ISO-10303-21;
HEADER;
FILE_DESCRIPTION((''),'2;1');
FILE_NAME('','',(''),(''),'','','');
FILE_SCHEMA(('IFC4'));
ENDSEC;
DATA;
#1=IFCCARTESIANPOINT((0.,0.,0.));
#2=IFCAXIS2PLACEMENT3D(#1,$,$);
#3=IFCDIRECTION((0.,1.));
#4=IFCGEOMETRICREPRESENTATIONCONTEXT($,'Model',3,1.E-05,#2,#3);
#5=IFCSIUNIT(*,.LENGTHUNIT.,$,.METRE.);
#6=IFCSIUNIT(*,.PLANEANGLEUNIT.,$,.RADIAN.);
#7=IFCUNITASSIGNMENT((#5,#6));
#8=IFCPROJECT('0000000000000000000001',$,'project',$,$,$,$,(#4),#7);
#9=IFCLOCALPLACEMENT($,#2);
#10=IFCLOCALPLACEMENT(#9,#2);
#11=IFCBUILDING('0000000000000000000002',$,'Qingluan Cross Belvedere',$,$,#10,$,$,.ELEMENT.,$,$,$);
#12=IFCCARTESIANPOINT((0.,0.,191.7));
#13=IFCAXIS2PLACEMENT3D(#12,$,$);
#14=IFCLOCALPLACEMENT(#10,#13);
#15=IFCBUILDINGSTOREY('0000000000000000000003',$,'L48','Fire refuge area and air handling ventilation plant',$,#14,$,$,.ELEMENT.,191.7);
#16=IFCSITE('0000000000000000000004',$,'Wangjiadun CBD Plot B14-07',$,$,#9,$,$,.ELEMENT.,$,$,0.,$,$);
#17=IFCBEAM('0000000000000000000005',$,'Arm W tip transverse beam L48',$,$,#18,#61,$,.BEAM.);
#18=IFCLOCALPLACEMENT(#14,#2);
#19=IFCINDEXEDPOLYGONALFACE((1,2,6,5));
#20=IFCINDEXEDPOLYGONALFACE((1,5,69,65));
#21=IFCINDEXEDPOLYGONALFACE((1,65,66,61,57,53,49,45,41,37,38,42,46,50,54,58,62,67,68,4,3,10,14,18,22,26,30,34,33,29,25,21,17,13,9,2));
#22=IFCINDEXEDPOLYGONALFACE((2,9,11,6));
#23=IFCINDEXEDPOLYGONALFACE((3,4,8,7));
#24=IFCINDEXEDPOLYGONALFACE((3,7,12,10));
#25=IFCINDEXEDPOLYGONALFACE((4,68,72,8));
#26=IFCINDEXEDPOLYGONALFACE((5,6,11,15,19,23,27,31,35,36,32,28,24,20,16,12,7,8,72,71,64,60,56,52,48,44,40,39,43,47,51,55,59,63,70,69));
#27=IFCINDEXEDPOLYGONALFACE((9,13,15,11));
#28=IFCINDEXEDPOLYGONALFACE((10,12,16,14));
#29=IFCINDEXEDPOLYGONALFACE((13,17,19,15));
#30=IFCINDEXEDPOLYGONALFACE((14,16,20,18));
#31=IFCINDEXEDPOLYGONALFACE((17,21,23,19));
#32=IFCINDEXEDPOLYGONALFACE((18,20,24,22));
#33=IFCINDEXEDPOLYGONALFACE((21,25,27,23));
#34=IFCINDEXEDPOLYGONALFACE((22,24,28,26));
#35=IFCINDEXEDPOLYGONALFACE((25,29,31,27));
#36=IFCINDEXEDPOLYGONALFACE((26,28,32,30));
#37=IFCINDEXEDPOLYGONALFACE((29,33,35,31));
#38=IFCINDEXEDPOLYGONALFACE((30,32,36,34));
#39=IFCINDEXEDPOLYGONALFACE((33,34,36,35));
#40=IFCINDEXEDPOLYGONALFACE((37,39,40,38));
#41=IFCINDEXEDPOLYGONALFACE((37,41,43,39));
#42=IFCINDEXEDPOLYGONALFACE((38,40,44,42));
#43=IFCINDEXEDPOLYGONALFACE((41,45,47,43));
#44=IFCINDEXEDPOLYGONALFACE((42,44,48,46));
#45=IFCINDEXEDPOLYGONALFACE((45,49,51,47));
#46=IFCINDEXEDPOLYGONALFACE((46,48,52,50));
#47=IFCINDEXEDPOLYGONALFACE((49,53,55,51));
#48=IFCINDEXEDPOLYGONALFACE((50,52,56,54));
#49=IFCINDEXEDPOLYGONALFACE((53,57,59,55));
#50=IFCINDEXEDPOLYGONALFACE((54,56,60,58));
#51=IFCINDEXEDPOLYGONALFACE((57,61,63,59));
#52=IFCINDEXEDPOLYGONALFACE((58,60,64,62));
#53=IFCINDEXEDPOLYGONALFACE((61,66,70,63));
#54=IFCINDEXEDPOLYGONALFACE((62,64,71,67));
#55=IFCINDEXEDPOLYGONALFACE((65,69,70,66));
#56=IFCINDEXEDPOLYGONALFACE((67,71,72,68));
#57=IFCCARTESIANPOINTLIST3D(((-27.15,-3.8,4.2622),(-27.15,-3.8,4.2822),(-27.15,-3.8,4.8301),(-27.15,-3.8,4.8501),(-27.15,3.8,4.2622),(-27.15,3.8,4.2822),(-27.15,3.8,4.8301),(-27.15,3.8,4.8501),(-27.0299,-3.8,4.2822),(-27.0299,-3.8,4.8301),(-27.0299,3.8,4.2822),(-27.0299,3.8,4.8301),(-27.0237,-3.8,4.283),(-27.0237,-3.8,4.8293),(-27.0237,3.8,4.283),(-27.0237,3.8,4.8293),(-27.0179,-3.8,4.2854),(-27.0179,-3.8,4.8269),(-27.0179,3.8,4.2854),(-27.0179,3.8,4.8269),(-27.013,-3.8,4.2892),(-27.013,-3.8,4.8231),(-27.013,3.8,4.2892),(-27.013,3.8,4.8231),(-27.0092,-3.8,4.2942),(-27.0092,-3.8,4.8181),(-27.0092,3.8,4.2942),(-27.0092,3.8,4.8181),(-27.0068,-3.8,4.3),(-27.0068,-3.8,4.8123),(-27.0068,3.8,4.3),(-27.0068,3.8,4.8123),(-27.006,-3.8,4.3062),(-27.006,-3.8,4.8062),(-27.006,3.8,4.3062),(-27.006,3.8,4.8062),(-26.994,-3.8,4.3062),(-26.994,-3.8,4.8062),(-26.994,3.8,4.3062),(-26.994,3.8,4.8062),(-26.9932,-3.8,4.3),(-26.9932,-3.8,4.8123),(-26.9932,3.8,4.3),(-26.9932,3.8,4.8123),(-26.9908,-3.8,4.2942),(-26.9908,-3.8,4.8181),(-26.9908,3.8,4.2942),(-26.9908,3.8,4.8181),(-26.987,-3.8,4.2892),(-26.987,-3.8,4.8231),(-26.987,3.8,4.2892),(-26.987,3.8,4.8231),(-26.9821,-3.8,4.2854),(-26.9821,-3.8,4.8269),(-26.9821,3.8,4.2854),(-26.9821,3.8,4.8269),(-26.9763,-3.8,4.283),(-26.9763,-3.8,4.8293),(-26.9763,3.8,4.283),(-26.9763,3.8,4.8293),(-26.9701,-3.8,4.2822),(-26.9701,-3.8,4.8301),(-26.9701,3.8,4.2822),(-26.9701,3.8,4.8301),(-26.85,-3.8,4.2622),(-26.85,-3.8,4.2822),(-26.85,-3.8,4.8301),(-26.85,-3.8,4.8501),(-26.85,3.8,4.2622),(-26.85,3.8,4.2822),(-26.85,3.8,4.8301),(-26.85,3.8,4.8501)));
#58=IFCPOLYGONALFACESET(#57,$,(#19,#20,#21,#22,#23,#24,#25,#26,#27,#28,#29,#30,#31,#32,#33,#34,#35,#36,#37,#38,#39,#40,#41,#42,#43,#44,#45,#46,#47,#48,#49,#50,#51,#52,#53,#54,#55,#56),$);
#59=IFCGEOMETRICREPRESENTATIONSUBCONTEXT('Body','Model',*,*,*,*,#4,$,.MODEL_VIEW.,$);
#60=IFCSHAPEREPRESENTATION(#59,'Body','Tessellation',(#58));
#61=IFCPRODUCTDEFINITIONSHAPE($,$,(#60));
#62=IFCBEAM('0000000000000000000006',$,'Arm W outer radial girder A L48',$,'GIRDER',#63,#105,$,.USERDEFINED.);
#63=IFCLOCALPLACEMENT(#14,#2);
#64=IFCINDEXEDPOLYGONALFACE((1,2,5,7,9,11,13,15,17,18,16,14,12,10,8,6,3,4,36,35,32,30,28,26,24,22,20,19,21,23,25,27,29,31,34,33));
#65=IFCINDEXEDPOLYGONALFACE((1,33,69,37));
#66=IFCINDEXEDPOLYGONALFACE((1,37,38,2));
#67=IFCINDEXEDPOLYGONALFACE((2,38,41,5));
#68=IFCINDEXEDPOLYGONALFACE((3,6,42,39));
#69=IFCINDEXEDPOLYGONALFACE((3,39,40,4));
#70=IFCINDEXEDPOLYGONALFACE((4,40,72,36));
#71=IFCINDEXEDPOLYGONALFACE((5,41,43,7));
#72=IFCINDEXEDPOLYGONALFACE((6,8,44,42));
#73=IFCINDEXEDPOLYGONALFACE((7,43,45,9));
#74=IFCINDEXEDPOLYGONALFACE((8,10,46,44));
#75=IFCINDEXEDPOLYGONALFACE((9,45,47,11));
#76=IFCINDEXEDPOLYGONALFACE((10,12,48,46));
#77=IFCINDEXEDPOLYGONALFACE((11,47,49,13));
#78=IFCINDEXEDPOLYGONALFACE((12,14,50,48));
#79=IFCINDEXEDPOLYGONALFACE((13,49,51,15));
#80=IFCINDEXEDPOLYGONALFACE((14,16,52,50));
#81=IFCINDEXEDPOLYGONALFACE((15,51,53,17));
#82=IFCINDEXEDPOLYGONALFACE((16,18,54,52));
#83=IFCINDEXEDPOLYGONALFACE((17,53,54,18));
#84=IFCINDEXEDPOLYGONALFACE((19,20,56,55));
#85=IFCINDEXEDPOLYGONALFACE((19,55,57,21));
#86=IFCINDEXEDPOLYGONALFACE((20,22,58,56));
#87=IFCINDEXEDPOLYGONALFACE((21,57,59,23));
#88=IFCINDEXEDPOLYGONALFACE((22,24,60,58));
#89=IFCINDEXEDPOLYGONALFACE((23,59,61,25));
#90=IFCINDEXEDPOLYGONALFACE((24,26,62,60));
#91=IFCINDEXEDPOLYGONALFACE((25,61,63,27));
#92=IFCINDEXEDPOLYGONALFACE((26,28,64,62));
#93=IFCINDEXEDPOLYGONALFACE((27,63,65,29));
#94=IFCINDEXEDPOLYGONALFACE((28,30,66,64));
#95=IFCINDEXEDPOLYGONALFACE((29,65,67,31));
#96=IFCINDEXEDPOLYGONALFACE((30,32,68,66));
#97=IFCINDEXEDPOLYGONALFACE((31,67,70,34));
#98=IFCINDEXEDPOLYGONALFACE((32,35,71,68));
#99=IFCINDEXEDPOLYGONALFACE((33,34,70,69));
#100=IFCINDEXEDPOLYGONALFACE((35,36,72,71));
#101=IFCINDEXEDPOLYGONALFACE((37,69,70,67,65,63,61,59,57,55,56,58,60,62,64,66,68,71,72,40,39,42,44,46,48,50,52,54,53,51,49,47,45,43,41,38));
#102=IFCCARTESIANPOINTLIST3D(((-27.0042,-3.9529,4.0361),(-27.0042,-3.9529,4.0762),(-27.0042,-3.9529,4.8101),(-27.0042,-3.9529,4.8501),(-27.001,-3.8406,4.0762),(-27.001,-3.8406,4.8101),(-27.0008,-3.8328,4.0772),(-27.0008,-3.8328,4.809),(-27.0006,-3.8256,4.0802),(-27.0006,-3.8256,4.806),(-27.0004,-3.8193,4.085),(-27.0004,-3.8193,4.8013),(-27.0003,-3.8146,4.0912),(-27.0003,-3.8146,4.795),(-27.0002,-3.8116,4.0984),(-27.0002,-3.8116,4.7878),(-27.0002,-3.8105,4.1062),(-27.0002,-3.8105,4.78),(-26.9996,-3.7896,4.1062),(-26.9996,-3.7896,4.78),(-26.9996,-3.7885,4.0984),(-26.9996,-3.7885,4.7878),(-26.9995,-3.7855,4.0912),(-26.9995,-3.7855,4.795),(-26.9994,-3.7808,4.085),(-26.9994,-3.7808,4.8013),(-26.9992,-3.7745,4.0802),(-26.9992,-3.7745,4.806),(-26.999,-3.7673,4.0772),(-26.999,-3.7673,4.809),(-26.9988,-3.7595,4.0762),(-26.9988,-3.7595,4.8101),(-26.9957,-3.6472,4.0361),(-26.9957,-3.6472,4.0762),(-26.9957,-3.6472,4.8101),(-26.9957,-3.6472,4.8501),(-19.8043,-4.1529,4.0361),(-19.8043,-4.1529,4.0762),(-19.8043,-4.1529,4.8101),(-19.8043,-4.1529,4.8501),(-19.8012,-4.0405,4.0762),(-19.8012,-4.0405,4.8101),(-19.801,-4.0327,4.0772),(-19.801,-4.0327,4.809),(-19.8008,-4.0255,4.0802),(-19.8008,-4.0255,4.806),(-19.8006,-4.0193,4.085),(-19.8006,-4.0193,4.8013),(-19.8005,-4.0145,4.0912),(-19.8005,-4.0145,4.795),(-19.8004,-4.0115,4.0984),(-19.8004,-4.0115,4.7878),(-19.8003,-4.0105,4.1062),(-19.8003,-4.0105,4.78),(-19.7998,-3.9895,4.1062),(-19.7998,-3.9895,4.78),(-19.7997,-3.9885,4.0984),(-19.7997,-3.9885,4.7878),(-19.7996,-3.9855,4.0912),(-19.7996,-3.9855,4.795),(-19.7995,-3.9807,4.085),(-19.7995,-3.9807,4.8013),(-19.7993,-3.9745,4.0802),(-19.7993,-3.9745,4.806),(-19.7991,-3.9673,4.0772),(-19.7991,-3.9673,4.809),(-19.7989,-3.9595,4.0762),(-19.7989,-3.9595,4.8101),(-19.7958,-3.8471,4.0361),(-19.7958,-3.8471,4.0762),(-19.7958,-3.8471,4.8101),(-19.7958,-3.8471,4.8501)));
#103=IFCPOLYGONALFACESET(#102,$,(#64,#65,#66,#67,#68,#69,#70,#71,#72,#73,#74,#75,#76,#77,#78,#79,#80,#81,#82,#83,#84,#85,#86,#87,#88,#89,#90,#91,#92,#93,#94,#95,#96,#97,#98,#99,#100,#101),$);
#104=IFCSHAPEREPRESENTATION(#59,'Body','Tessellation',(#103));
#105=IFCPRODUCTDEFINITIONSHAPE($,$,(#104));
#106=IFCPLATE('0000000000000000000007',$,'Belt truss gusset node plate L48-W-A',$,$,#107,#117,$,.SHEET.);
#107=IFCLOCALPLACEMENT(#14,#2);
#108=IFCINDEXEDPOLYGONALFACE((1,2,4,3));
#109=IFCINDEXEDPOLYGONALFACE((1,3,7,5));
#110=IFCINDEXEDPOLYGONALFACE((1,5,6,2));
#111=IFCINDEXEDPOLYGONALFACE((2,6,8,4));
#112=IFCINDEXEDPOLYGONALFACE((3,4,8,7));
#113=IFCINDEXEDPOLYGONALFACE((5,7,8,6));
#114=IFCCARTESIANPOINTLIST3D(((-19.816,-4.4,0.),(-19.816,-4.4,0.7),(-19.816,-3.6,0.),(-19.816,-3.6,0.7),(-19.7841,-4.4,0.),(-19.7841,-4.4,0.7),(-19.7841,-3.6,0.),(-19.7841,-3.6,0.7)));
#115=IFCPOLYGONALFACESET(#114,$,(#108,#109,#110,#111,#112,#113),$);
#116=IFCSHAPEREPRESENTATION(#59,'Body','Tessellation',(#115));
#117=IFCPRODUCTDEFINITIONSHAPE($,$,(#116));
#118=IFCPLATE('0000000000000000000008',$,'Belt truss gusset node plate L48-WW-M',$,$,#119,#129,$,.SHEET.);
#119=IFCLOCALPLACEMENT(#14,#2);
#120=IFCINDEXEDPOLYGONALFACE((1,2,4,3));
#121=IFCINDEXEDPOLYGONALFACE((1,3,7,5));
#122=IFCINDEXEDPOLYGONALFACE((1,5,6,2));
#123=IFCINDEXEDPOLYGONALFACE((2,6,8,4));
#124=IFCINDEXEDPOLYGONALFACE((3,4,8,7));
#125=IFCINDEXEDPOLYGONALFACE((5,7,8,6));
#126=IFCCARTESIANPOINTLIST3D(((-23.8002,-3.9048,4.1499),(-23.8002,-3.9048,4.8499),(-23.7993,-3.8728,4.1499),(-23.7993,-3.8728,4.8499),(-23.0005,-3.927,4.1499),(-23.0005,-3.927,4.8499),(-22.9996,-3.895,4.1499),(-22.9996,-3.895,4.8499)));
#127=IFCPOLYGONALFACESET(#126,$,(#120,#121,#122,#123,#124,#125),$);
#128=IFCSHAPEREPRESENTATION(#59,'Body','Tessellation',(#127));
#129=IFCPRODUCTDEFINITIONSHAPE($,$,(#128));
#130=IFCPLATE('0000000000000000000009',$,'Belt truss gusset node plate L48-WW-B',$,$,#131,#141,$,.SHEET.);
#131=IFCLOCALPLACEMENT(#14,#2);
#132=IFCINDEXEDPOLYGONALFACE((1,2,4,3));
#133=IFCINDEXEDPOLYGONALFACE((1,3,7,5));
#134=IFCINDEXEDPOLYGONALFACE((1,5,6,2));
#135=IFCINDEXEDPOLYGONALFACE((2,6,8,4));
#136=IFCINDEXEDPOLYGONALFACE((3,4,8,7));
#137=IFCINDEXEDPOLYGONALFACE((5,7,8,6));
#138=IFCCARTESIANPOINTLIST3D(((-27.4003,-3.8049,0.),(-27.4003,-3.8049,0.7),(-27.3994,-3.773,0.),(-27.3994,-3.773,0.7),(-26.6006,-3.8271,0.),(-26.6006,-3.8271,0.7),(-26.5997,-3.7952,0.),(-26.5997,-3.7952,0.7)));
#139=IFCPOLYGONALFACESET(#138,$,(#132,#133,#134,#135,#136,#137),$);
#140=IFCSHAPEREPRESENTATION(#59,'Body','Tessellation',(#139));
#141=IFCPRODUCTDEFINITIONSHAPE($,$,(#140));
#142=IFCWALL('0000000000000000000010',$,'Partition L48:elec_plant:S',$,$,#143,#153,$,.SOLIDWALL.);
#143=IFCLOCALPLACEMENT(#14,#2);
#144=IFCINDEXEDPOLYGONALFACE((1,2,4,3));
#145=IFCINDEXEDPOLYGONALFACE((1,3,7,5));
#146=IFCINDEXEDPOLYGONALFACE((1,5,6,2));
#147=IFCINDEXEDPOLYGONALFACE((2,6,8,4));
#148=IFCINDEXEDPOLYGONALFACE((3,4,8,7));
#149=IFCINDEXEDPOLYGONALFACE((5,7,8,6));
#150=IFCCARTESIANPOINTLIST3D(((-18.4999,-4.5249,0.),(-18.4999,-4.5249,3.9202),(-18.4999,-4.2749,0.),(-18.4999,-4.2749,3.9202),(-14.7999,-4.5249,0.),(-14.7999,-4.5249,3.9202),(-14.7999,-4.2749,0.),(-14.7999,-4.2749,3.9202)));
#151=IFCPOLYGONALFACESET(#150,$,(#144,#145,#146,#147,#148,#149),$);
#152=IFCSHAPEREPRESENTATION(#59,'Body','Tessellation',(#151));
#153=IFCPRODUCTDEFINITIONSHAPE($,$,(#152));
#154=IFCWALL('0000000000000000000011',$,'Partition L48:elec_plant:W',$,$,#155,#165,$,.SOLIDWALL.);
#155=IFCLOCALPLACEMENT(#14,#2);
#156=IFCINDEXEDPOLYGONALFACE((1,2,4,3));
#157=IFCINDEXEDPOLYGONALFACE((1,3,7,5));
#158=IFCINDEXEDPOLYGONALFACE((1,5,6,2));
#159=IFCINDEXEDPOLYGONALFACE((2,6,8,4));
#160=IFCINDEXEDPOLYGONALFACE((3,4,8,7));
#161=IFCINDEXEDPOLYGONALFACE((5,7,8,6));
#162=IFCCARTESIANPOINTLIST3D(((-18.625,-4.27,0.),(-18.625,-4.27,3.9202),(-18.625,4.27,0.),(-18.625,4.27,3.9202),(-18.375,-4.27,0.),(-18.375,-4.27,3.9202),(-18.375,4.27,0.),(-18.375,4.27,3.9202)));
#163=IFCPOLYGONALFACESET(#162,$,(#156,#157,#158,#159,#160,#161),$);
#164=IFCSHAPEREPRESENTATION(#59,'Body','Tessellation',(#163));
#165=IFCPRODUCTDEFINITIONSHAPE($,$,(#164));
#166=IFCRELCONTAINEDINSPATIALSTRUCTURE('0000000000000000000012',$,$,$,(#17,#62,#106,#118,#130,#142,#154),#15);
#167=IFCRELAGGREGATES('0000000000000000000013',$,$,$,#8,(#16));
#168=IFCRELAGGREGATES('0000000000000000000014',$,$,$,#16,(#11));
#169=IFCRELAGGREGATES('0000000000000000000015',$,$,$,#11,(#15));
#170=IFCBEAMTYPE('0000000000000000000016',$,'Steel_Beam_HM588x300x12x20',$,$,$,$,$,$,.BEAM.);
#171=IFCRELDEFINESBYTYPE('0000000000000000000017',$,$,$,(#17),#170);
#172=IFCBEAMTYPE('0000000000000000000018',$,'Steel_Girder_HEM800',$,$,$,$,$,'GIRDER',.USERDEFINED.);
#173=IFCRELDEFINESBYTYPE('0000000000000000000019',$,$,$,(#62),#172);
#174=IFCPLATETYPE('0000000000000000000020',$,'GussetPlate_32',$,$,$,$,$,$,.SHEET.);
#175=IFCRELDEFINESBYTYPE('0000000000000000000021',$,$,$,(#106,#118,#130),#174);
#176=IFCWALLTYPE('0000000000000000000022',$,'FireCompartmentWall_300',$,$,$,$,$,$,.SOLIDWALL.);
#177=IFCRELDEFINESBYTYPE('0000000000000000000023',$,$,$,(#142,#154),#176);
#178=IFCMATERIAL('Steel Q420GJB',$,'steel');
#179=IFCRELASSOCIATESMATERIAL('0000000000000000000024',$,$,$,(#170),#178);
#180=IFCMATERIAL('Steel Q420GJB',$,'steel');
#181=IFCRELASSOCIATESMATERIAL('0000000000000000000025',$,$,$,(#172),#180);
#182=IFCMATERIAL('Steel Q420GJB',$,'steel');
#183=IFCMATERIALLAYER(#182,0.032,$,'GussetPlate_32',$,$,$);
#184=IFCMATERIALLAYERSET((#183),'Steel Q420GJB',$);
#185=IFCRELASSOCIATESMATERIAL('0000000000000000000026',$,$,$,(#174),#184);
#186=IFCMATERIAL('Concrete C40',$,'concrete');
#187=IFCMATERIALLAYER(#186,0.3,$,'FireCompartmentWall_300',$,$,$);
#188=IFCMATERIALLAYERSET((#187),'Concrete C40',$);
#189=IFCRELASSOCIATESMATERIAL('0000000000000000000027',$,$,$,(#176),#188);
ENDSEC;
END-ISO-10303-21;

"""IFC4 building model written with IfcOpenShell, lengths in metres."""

from ifc_helpers import new_model, si_unit, direction, frame, frame_2d, origin, origin_2d, place, context, subcontext, project, spatial, rectangle, i_section, extrude, material, layer, layer_set, material_profile, profile_set, type_object, element, save


model = new_model("IFC4")

# Units and contexts
model_context = context("Model", 3, precision=1e-05, world=origin(), true_north=direction((0.0, 1.0)))
body_context = subcontext(model_context, "Body", "Model", "MODEL_VIEW")
ifc_project = project(units=[si_unit("LENGTHUNIT", "METRE"), si_unit("PLANEANGLEUNIT", "RADIAN")], contexts=[model_context])

# Site, building, storey
site_placement = place(None, origin())
site = spatial("IfcSite", under=ifc_project, at=site_placement, Name="Wangjiadun CBD Plot B14-07", CompositionType="ELEMENT", RefElevation=0.0)
building_placement = place(site_placement, origin())
building = spatial("IfcBuilding", under=site, at=building_placement, Name="Qingluan Cross Belvedere", CompositionType="ELEMENT")
storey_placement = place(building_placement, frame((0.0, 0.0, 191.7)))
storey = spatial("IfcBuildingStorey", under=building, at=storey_placement, Name="L48", Description="Fire refuge area and air handling ventilation plant", CompositionType="ELEMENT", Elevation=191.7)

# Beams
ifc_material_1 = material(Name="Steel Q420GJB", Category="steel")
ifc_material_profile_1 = material_profile(ifc_material_1, i_section(OverallWidth=0.3, OverallDepth=0.5879, WebThickness=0.012, FlangeThickness=0.02, FilletRadius=0.0239, at=origin_2d()), Name="HM588x300x12x20")
ifc_profile_set_1 = profile_set([ifc_material_profile_1], Name="Steel Q420GJB")
beam_type_1 = type_object("IfcBeamType", Name="Steel_Beam_HM588x300x12x20", PredefinedType="BEAM", material=ifc_profile_set_1)
beam_1_placement = place(storey_placement, frame((-27.0, -3.8, 4.5562), z_axis=(0.0, 1.0, 0.0), x_axis=(-1.0, 0.0, 0.0)))
element("IfcBeam", 1, at=beam_1_placement, inside=storey, type_object=beam_type_1, Name="Arm W tip transverse beam L48", PredefinedType="BEAM", context=body_context, shape_type="SweptSolid", body=[
    extrude(i_section(OverallWidth=0.3, OverallDepth=0.5879, WebThickness=0.012, FlangeThickness=0.02, FilletRadius=0.0239, at=origin_2d()), origin(), (0.0, 0.0, 1.0), 7.6001),
])
ifc_material_2 = material(Name="Steel Q420GJB", Category="steel")
ifc_material_profile_2 = material_profile(ifc_material_2, i_section(OverallWidth=0.3059, OverallDepth=0.814, WebThickness=0.021, FlangeThickness=0.04, FilletRadius=0.03, at=origin_2d()), Name="HEM800")
ifc_profile_set_2 = profile_set([ifc_material_profile_2], Name="Steel Q420GJB")
beam_type_2 = type_object("IfcBeamType", Name="Steel_Girder_HEM800", ElementType="GIRDER", PredefinedType="USERDEFINED", material=ifc_profile_set_2)
beam_2_placement = place(storey_placement, frame((-19.8, -4.0, 4.4431), z_axis=(-0.999615, 0.02776, 0.0), x_axis=(-0.02776, -0.999615, 0.0)))
element("IfcBeam", 2, at=beam_2_placement, inside=storey, type_object=beam_type_2, Name="Arm W outer radial girder A L48", ObjectType="GIRDER", PredefinedType="USERDEFINED", context=body_context, shape_type="SweptSolid", body=[
    extrude(i_section(OverallWidth=0.3059, OverallDepth=0.814, WebThickness=0.021, FlangeThickness=0.04, FilletRadius=0.03, at=origin_2d()), origin(), (0.0, 0.0, 1.0), 7.2026),
])

# Plates
ifc_material_3 = material(Name="Steel Q420GJB", Category="steel")
ifc_layer_1 = layer(ifc_material_3, 0.032, Name="GussetPlate_32")
ifc_layer_set_1 = layer_set([ifc_layer_1], Name="Steel Q420GJB")
plate_type = type_object("IfcPlateType", Name="GussetPlate_32", PredefinedType="SHEET", material=ifc_layer_set_1)
for number, where, z_axis, x_axis, name in (
    (3, (-19.8, -4.0, 0.0), (0.0, 0.0, 1.0), (0.0, 1.0, 0.0), "Belt truss gusset node plate L48-W-A"),
    (4, (-23.3999, -3.8999, 4.1499), (0.0, 0.0, 1.0), (-0.999614, 0.027767, 0.0), "Belt truss gusset node plate L48-WW-M"),
    (5, (-27.0, -3.8, 0.0), (0.0, 0.0, 1.0), (-0.999614, 0.027767, 0.0), "Belt truss gusset node plate L48-WW-B"),
):
    element("IfcPlate", number, at=place(storey_placement, frame(where, z_axis=z_axis, x_axis=x_axis)), inside=storey, type_object=plate_type, Name=name, PredefinedType="SHEET", context=body_context, shape_type="SweptSolid", body=[
        extrude(rectangle(XDim=0.8, YDim=0.032, at=origin_2d()), origin(), (0.0, 0.0, 1.0), 0.7),
    ])

# Walls
ifc_material_4 = material(Name="Concrete C40", Category="concrete")
ifc_layer_2 = layer(ifc_material_4, 0.3, Name="FireCompartmentWall_300")
ifc_layer_set_2 = layer_set([ifc_layer_2], Name="Concrete C40")
wall_type = type_object("IfcWallType", Name="FireCompartmentWall_300", PredefinedType="SOLIDWALL", material=ifc_layer_set_2)
wall_1_placement = place(storey_placement, frame((-18.5, -4.3999, 0.0), z_axis=(0.0, 0.0, 1.0), x_axis=(1.0, 0.0, 0.0)))
element("IfcWall", 6, at=wall_1_placement, inside=storey, type_object=wall_type, Name="Partition L48:elec_plant:S", PredefinedType="SOLIDWALL", context=body_context, shape_type="SweptSolid", body=[
    extrude(rectangle(XDim=3.7, YDim=0.25, at=frame_2d((1.8501, 0.0))), origin(), (0.0, 0.0, 1.0), 3.9202),
])
wall_2_placement = place(storey_placement, frame((-18.5, -4.27, 0.0), z_axis=(0.0, 0.0, 1.0), x_axis=(0.0, 1.0, 0.0)))
element("IfcWall", 7, at=wall_2_placement, inside=storey, type_object=wall_type, Name="Partition L48:elec_plant:W", PredefinedType="SOLIDWALL", context=body_context, shape_type="SweptSolid", body=[
    extrude(rectangle(XDim=8.54, YDim=0.25, at=frame_2d((4.27, 0.0))), origin(), (0.0, 0.0, 1.0), 3.9202),
])

save(model, "model.ifc")
